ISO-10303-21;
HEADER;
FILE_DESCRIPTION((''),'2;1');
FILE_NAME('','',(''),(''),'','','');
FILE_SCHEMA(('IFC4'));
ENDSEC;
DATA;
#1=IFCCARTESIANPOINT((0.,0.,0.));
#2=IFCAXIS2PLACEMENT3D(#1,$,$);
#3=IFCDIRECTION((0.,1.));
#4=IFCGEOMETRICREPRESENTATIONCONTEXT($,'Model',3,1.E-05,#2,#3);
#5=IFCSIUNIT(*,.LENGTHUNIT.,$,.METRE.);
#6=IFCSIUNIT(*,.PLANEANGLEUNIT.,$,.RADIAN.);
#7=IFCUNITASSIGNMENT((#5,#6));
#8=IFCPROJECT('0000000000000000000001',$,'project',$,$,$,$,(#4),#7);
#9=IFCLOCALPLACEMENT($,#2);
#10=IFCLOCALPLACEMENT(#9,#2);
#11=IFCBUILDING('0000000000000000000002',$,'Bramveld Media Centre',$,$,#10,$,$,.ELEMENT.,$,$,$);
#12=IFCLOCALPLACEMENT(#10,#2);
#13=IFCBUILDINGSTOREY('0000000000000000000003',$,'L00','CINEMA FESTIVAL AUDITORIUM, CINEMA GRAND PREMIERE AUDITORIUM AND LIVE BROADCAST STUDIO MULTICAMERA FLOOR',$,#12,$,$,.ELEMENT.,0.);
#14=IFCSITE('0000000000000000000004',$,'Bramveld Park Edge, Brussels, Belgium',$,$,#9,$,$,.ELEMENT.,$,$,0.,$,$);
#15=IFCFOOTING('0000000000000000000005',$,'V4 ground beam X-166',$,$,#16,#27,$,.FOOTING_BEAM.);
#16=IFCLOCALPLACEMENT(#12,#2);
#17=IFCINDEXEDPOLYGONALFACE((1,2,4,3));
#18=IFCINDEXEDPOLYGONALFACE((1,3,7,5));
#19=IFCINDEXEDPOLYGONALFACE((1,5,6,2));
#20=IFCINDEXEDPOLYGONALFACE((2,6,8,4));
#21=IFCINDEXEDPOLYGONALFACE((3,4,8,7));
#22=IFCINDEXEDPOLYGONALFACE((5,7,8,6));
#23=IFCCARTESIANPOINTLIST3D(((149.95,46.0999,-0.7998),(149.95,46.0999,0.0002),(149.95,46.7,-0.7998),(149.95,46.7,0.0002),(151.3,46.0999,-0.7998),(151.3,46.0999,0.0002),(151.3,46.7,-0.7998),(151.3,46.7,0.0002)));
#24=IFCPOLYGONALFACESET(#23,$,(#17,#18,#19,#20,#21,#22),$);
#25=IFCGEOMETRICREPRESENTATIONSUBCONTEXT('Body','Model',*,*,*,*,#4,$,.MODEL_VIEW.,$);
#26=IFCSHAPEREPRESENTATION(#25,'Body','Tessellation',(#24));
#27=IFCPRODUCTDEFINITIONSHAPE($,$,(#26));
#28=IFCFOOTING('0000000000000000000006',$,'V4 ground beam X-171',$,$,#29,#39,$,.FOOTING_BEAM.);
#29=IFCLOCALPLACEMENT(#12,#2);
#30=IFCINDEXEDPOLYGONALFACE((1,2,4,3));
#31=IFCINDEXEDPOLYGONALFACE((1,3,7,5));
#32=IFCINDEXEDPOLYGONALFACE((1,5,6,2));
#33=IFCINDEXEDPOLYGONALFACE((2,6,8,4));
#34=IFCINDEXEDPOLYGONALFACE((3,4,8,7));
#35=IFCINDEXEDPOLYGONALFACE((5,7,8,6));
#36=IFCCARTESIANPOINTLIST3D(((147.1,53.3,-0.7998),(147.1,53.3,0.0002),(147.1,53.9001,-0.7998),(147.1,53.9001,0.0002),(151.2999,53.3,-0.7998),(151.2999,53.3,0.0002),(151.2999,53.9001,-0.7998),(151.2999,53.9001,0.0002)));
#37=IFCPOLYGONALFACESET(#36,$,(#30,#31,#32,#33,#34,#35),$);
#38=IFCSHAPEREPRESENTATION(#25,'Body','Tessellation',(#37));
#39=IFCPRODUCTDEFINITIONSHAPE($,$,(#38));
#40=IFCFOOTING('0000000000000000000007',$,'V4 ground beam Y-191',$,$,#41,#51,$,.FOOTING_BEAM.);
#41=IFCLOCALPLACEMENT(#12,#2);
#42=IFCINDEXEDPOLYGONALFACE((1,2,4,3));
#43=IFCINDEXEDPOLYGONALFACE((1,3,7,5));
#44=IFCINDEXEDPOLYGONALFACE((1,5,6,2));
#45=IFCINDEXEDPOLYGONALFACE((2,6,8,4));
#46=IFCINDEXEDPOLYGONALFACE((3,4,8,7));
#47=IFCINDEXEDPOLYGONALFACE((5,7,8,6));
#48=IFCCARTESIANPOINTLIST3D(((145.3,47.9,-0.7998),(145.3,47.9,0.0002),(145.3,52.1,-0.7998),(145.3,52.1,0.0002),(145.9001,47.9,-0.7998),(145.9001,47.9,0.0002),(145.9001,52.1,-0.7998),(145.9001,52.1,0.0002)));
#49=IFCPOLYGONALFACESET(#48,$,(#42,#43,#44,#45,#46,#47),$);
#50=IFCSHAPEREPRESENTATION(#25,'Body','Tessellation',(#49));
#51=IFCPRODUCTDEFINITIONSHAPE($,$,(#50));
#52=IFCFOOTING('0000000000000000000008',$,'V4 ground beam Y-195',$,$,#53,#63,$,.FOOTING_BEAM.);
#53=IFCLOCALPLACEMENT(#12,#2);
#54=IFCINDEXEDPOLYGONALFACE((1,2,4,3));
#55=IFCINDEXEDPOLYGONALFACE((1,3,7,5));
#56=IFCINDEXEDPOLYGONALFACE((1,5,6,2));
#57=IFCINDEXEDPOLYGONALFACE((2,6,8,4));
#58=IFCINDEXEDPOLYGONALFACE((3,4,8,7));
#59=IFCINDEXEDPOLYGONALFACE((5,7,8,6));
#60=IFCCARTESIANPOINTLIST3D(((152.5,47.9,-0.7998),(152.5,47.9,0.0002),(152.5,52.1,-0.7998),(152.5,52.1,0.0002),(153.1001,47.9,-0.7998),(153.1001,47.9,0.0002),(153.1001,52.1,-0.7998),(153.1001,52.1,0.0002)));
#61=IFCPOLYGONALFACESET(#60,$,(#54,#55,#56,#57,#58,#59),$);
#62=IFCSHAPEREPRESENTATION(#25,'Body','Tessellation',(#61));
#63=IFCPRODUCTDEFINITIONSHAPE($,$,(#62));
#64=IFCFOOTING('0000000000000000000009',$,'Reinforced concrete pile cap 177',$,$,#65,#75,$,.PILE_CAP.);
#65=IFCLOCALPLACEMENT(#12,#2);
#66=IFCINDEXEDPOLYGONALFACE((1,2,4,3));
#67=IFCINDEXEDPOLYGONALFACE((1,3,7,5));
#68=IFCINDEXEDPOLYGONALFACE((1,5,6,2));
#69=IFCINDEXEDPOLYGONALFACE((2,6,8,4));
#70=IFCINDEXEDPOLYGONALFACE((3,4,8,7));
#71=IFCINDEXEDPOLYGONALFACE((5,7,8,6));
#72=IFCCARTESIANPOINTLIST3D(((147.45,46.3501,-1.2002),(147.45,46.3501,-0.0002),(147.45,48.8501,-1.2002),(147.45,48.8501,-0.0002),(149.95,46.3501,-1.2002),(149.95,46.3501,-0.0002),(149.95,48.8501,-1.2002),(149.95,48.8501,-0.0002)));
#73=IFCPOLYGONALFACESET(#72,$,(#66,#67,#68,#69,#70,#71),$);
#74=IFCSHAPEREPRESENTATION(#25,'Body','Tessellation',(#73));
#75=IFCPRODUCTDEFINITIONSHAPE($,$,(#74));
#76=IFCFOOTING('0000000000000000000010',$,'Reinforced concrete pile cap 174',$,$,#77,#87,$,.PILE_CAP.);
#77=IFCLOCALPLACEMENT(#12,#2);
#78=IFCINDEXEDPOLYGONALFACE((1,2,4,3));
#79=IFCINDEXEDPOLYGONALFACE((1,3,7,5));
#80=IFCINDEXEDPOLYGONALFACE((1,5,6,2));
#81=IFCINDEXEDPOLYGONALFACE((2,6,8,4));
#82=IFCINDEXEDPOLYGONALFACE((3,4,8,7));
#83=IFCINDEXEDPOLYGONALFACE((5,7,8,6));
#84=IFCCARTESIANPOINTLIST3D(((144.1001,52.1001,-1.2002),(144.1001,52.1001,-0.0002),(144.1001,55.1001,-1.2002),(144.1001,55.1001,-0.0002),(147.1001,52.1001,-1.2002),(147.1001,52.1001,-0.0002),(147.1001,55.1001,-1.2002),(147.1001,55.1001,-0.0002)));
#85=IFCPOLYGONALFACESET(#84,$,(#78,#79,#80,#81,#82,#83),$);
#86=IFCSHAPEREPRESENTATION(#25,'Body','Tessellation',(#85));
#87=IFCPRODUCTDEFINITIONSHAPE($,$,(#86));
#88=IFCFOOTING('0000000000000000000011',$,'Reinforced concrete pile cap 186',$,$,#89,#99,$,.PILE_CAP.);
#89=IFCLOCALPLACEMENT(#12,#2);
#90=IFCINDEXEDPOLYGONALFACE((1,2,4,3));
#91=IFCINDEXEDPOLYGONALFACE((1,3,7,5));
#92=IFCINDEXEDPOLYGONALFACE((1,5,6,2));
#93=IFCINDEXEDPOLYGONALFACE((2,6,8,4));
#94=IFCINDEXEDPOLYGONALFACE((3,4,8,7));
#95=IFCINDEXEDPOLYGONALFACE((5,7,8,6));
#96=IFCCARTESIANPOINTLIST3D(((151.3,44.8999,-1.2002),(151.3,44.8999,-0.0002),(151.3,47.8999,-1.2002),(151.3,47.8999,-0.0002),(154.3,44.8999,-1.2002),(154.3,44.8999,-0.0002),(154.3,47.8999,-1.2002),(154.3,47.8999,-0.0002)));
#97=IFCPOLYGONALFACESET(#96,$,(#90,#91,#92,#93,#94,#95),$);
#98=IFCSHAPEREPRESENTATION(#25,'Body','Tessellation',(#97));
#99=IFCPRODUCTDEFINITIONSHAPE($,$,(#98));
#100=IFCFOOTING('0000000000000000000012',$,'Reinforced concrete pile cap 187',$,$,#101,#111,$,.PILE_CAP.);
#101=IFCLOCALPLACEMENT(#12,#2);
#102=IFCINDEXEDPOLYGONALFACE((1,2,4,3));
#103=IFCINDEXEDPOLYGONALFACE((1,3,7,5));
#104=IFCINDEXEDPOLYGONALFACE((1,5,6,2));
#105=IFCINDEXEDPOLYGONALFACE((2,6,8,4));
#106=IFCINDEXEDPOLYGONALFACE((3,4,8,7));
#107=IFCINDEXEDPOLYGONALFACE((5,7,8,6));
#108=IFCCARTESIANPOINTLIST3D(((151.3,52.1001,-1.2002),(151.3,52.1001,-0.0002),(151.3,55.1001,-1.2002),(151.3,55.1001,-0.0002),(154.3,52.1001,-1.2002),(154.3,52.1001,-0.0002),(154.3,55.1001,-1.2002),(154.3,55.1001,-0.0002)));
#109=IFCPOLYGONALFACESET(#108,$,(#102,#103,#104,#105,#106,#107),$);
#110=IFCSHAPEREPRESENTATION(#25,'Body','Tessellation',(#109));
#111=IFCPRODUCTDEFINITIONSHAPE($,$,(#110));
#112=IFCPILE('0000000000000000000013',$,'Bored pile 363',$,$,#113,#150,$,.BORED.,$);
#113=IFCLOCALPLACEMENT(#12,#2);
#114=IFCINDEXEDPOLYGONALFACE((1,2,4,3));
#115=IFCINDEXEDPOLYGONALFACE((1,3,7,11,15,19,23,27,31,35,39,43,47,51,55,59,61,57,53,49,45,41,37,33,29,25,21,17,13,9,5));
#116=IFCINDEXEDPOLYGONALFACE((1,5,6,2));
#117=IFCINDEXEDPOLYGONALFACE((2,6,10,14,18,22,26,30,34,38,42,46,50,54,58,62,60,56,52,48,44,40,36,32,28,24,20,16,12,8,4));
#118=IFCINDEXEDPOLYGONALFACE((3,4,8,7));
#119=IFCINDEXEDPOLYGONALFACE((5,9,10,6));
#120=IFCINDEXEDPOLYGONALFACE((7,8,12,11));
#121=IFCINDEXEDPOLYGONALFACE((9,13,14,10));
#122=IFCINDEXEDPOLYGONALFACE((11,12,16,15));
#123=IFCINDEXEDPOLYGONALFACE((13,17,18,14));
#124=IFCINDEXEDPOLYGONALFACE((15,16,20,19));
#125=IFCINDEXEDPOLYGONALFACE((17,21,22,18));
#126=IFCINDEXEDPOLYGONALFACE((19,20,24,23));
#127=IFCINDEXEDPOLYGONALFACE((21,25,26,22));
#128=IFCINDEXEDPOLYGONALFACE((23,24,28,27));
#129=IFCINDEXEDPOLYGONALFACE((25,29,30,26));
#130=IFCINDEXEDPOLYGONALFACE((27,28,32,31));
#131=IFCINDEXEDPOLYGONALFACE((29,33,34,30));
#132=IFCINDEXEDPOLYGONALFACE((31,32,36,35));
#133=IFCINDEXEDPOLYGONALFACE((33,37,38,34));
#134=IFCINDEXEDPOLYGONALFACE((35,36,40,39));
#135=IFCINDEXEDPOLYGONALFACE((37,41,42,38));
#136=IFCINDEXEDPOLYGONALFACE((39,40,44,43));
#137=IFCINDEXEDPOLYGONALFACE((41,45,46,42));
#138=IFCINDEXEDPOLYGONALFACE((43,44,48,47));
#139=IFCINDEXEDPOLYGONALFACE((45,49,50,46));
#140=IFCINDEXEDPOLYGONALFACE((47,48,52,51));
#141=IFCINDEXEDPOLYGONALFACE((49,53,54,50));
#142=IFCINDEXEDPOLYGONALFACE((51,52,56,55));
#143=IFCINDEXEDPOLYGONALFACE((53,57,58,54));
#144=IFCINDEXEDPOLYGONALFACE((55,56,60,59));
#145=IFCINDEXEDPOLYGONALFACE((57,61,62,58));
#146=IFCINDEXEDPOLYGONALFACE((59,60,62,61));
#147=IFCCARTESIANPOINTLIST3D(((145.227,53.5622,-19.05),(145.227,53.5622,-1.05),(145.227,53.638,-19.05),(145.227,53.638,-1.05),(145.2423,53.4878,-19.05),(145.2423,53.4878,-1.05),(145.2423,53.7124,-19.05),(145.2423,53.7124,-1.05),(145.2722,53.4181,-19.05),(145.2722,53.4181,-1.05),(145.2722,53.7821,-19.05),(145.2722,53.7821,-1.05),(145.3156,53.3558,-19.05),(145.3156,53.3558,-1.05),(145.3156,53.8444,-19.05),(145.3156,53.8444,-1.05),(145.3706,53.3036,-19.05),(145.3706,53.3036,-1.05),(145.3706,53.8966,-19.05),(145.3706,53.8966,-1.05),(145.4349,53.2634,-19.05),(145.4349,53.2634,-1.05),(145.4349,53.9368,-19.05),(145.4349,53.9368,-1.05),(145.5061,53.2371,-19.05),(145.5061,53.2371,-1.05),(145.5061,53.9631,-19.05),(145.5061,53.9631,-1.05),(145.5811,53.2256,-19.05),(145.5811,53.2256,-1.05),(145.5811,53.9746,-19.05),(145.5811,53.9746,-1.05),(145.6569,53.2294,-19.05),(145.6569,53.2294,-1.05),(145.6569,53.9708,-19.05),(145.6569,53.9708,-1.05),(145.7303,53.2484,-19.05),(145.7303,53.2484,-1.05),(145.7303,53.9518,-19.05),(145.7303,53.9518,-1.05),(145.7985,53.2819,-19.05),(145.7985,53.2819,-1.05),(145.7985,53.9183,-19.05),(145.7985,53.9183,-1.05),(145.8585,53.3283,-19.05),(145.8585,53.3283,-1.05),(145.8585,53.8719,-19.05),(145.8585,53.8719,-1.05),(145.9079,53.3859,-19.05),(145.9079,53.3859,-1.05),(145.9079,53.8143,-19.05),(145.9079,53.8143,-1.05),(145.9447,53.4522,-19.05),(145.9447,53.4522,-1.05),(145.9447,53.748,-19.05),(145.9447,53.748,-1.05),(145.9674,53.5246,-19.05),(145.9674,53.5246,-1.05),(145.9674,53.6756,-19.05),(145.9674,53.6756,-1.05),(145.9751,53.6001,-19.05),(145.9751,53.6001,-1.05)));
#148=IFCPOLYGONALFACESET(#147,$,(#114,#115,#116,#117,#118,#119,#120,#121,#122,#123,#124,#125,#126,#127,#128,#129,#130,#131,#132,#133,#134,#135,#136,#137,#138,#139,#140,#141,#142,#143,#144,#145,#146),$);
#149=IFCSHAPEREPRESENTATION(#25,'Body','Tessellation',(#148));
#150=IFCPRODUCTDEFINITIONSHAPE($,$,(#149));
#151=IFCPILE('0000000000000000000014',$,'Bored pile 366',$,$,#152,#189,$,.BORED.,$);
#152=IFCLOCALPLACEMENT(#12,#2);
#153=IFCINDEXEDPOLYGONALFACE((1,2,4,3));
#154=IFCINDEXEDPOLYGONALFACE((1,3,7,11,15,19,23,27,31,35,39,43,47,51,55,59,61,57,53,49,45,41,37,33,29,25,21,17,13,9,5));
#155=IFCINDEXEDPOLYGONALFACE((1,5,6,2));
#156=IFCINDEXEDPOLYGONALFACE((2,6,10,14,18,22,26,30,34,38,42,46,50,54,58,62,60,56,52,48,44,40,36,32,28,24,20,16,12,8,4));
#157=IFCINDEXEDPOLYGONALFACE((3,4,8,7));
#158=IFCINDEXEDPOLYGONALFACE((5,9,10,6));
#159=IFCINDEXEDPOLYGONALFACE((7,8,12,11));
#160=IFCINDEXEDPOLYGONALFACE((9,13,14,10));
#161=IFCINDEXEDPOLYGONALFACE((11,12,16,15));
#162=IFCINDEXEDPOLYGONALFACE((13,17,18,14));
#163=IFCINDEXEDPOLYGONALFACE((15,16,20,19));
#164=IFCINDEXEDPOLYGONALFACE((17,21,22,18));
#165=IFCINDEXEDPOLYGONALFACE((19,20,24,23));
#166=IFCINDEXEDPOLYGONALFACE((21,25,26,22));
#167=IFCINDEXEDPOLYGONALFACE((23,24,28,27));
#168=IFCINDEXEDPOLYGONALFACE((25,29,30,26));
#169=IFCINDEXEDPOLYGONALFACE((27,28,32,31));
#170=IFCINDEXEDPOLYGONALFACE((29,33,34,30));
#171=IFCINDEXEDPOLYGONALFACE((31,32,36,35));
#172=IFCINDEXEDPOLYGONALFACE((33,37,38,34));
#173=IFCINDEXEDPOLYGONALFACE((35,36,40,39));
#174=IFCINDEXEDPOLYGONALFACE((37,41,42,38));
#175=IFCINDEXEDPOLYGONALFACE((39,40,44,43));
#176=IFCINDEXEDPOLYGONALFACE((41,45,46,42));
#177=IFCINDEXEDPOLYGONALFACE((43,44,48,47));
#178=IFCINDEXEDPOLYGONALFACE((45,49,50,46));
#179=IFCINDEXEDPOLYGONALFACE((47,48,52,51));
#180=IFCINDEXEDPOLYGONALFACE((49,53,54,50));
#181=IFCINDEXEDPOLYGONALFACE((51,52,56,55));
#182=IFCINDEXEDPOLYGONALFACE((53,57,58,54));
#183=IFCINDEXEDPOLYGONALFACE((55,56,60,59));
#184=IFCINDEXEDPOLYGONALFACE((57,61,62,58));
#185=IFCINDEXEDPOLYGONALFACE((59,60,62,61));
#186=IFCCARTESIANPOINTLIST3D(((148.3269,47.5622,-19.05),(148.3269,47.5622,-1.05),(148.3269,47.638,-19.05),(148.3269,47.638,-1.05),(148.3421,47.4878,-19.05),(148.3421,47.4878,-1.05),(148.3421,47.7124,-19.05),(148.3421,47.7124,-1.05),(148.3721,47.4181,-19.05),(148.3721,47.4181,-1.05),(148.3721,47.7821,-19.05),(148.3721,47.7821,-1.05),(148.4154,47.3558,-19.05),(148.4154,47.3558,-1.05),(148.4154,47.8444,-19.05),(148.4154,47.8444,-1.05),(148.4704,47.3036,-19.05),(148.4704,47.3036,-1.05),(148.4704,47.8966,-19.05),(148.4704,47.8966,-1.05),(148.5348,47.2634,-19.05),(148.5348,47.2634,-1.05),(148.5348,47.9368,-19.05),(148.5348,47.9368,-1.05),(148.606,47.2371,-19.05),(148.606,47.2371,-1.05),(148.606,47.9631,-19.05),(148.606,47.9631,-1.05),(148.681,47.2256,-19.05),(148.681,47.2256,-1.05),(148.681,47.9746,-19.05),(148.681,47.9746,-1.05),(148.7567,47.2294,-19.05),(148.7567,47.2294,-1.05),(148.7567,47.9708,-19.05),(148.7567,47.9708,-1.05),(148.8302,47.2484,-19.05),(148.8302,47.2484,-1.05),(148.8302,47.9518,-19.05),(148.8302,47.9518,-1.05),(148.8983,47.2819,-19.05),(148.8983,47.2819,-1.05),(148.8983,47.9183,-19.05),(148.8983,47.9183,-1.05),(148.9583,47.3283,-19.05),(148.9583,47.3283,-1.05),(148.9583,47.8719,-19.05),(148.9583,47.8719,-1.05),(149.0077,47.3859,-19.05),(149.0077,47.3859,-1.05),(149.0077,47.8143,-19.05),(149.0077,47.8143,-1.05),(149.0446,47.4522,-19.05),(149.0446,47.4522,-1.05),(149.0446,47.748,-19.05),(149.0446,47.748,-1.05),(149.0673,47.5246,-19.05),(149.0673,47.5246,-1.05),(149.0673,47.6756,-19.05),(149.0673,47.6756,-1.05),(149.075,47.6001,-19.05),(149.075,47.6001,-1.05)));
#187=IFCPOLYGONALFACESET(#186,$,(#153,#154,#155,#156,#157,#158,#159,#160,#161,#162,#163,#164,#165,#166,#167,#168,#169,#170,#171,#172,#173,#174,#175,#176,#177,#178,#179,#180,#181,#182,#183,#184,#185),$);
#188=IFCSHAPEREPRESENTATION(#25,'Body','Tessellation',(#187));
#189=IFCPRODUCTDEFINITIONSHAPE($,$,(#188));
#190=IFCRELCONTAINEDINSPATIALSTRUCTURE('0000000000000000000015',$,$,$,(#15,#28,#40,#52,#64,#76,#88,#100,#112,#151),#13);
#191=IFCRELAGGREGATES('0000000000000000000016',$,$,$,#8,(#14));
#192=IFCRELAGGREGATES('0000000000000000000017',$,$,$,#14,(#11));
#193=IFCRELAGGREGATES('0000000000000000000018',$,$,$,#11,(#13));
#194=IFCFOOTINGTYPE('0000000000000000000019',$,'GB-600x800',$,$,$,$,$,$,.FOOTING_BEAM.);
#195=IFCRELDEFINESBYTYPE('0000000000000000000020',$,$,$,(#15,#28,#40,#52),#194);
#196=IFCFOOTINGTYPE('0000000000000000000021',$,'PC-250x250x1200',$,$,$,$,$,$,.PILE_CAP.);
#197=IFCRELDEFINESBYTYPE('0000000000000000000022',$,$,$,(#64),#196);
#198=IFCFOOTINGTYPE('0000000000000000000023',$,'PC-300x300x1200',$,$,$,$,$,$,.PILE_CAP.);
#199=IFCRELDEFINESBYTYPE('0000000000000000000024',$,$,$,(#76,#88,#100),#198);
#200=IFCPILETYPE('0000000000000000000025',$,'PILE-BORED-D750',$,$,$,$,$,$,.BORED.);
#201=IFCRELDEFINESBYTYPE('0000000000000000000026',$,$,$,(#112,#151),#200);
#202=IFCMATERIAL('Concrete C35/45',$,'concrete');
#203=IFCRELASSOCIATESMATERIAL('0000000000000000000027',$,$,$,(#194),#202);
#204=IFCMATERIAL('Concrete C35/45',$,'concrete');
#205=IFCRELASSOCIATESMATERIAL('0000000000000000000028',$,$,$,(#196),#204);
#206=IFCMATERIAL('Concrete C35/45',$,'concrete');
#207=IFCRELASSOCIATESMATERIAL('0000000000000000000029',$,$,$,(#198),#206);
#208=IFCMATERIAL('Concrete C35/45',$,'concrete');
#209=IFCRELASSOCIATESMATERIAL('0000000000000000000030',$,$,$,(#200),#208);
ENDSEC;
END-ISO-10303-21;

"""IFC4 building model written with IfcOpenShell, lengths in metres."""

from ifc_helpers import new_model, si_unit, direction, frame, origin, origin_2d, place, context, subcontext, project, spatial, rectangle, circle, extrude, material, material_profile, profile_set, type_object, element, save


model = new_model("IFC4")

# Units and contexts
model_context = context("Model", 3, precision=1e-05, world=origin(), true_north=direction((0.0, 1.0)))
body_context = subcontext(model_context, "Body", "Model", "MODEL_VIEW")
ifc_project = project(units=[si_unit("LENGTHUNIT", "METRE"), si_unit("PLANEANGLEUNIT", "RADIAN")], contexts=[model_context])

# Site, building, storey
site_placement = place(None, origin())
site = spatial("IfcSite", under=ifc_project, at=site_placement, Name="Bramveld Park Edge, Brussels, Belgium", CompositionType="ELEMENT", RefElevation=0.0)
building_placement = place(site_placement, origin())
building = spatial("IfcBuilding", under=site, at=building_placement, Name="Bramveld Media Centre", CompositionType="ELEMENT")
storey_placement = place(building_placement, origin())
storey = spatial("IfcBuildingStorey", under=building, at=storey_placement, Name="L00", Description="CINEMA FESTIVAL AUDITORIUM, CINEMA GRAND PREMIERE AUDITORIUM AND LIVE BROADCAST STUDIO MULTICAMERA FLOOR", CompositionType="ELEMENT", Elevation=0.0)

# Footings
ifc_material_1 = material(Name="Concrete C35/45", Category="concrete")
footing_type_1 = type_object("IfcFootingType", Name="GB-600x800", PredefinedType="FOOTING_BEAM", material=ifc_material_1)
footing_1_placement = place(storey_placement, frame((150.625, 46.3999, -0.7998), z_axis=(0.0, 0.0, 1.0), x_axis=(1.0, 0.0, 0.0)))
element("IfcFooting", 1, at=footing_1_placement, inside=storey, type_object=footing_type_1, Name="V4 ground beam X-166", PredefinedType="FOOTING_BEAM", context=body_context, shape_type="SweptSolid", body=[
    extrude(rectangle(XDim=1.3501, YDim=0.6001, at=origin_2d()), origin(), (0.0, 0.0, 1.0), 0.8),
])
footing_2_placement = place(storey_placement, frame((149.2, 53.6001, -0.7998), z_axis=(0.0, 0.0, 1.0), x_axis=(1.0, 0.0, 0.0)))
element("IfcFooting", 2, at=footing_2_placement, inside=storey, type_object=footing_type_1, Name="V4 ground beam X-171", PredefinedType="FOOTING_BEAM", context=body_context, shape_type="SweptSolid", body=[
    extrude(rectangle(XDim=4.2, YDim=0.6001, at=origin_2d()), origin(), (0.0, 0.0, 1.0), 0.8),
])
for number, where, z_axis, x_axis, name in (
    (3, (145.6001, 50.0, -0.7998), (0.0, 0.0, 1.0), (1.0, 0.0, 0.0), "V4 ground beam Y-191"),
    (4, (152.8, 50.0, -0.7998), (0.0, 0.0, 1.0), (1.0, 0.0, 0.0), "V4 ground beam Y-195"),
):
    element("IfcFooting", number, at=place(storey_placement, frame(where, z_axis=z_axis, x_axis=x_axis)), inside=storey, type_object=footing_type_1, Name=name, PredefinedType="FOOTING_BEAM", context=body_context, shape_type="SweptSolid", body=[
        extrude(rectangle(XDim=0.6001, YDim=4.2, at=origin_2d()), origin(), (0.0, 0.0, 1.0), 0.8),
    ])
ifc_material_2 = material(Name="Concrete C35/45", Category="concrete")
footing_type_2 = type_object("IfcFootingType", Name="PC-250x250x1200", PredefinedType="PILE_CAP", material=ifc_material_2)
footing_3_placement = place(storey_placement, frame((148.7, 47.6001, -1.2002), z_axis=(0.0, 0.0, 1.0), x_axis=(1.0, 0.0, 0.0)))
element("IfcFooting", 5, at=footing_3_placement, inside=storey, type_object=footing_type_2, Name="Reinforced concrete pile cap 177", PredefinedType="PILE_CAP", context=body_context, shape_type="SweptSolid", body=[
    extrude(rectangle(XDim=2.5, YDim=2.5, at=origin_2d()), origin(), (0.0, 0.0, 1.0), 1.2),
])
ifc_material_3 = material(Name="Concrete C35/45", Category="concrete")
footing_type_3 = type_object("IfcFootingType", Name="PC-300x300x1200", PredefinedType="PILE_CAP", material=ifc_material_3)
for number, where, z_axis, x_axis, name in (
    (6, (145.6001, 53.6001, -1.2002), (0.0, 0.0, 1.0), (1.0, 0.0, 0.0), "Reinforced concrete pile cap 174"),
    (7, (152.8, 46.3999, -1.2002), (0.0, 0.0, 1.0), (1.0, 0.0, 0.0), "Reinforced concrete pile cap 186"),
    (8, (152.8, 53.6001, -1.2002), (0.0, 0.0, 1.0), (1.0, 0.0, 0.0), "Reinforced concrete pile cap 187"),
):
    element("IfcFooting", number, at=place(storey_placement, frame(where, z_axis=z_axis, x_axis=x_axis)), inside=storey, type_object=footing_type_3, Name=name, PredefinedType="PILE_CAP", context=body_context, shape_type="SweptSolid", body=[
        extrude(rectangle(XDim=3.0, YDim=3.0, at=origin_2d()), origin(), (0.0, 0.0, 1.0), 1.2),
    ])

# Piles
ifc_material_4 = material(Name="Concrete C35/45", Category="concrete")
ifc_material_profile_1 = material_profile(ifc_material_4, circle(Radius=0.375, at=origin_2d()), Name="BORED D750")
ifc_profile_set_1 = profile_set([ifc_material_profile_1], Name="Concrete C35/45")
pile_type = type_object("IfcPileType", Name="PILE-BORED-D750", PredefinedType="BORED", material=ifc_profile_set_1)
for number, where, z_axis, x_axis, name in (
    (9, (145.6001, 53.6001, -1.05), (0.0, 0.0, -1.0), (1.0, 0.0, 0.0), "Bored pile 363"),
    (10, (148.7, 47.6001, -1.05), (0.0, 0.0, -1.0), (1.0, 0.0, 0.0), "Bored pile 366"),
):
    element("IfcPile", number, at=place(storey_placement, frame(where, z_axis=z_axis, x_axis=x_axis)), inside=storey, type_object=pile_type, Name=name, PredefinedType="BORED", context=body_context, shape_type="SweptSolid", body=[
        extrude(circle(Radius=0.375, at=origin_2d()), origin(), (0.0, 0.0, 1.0), 18.0),
    ])

save(model, "model.ifc")
